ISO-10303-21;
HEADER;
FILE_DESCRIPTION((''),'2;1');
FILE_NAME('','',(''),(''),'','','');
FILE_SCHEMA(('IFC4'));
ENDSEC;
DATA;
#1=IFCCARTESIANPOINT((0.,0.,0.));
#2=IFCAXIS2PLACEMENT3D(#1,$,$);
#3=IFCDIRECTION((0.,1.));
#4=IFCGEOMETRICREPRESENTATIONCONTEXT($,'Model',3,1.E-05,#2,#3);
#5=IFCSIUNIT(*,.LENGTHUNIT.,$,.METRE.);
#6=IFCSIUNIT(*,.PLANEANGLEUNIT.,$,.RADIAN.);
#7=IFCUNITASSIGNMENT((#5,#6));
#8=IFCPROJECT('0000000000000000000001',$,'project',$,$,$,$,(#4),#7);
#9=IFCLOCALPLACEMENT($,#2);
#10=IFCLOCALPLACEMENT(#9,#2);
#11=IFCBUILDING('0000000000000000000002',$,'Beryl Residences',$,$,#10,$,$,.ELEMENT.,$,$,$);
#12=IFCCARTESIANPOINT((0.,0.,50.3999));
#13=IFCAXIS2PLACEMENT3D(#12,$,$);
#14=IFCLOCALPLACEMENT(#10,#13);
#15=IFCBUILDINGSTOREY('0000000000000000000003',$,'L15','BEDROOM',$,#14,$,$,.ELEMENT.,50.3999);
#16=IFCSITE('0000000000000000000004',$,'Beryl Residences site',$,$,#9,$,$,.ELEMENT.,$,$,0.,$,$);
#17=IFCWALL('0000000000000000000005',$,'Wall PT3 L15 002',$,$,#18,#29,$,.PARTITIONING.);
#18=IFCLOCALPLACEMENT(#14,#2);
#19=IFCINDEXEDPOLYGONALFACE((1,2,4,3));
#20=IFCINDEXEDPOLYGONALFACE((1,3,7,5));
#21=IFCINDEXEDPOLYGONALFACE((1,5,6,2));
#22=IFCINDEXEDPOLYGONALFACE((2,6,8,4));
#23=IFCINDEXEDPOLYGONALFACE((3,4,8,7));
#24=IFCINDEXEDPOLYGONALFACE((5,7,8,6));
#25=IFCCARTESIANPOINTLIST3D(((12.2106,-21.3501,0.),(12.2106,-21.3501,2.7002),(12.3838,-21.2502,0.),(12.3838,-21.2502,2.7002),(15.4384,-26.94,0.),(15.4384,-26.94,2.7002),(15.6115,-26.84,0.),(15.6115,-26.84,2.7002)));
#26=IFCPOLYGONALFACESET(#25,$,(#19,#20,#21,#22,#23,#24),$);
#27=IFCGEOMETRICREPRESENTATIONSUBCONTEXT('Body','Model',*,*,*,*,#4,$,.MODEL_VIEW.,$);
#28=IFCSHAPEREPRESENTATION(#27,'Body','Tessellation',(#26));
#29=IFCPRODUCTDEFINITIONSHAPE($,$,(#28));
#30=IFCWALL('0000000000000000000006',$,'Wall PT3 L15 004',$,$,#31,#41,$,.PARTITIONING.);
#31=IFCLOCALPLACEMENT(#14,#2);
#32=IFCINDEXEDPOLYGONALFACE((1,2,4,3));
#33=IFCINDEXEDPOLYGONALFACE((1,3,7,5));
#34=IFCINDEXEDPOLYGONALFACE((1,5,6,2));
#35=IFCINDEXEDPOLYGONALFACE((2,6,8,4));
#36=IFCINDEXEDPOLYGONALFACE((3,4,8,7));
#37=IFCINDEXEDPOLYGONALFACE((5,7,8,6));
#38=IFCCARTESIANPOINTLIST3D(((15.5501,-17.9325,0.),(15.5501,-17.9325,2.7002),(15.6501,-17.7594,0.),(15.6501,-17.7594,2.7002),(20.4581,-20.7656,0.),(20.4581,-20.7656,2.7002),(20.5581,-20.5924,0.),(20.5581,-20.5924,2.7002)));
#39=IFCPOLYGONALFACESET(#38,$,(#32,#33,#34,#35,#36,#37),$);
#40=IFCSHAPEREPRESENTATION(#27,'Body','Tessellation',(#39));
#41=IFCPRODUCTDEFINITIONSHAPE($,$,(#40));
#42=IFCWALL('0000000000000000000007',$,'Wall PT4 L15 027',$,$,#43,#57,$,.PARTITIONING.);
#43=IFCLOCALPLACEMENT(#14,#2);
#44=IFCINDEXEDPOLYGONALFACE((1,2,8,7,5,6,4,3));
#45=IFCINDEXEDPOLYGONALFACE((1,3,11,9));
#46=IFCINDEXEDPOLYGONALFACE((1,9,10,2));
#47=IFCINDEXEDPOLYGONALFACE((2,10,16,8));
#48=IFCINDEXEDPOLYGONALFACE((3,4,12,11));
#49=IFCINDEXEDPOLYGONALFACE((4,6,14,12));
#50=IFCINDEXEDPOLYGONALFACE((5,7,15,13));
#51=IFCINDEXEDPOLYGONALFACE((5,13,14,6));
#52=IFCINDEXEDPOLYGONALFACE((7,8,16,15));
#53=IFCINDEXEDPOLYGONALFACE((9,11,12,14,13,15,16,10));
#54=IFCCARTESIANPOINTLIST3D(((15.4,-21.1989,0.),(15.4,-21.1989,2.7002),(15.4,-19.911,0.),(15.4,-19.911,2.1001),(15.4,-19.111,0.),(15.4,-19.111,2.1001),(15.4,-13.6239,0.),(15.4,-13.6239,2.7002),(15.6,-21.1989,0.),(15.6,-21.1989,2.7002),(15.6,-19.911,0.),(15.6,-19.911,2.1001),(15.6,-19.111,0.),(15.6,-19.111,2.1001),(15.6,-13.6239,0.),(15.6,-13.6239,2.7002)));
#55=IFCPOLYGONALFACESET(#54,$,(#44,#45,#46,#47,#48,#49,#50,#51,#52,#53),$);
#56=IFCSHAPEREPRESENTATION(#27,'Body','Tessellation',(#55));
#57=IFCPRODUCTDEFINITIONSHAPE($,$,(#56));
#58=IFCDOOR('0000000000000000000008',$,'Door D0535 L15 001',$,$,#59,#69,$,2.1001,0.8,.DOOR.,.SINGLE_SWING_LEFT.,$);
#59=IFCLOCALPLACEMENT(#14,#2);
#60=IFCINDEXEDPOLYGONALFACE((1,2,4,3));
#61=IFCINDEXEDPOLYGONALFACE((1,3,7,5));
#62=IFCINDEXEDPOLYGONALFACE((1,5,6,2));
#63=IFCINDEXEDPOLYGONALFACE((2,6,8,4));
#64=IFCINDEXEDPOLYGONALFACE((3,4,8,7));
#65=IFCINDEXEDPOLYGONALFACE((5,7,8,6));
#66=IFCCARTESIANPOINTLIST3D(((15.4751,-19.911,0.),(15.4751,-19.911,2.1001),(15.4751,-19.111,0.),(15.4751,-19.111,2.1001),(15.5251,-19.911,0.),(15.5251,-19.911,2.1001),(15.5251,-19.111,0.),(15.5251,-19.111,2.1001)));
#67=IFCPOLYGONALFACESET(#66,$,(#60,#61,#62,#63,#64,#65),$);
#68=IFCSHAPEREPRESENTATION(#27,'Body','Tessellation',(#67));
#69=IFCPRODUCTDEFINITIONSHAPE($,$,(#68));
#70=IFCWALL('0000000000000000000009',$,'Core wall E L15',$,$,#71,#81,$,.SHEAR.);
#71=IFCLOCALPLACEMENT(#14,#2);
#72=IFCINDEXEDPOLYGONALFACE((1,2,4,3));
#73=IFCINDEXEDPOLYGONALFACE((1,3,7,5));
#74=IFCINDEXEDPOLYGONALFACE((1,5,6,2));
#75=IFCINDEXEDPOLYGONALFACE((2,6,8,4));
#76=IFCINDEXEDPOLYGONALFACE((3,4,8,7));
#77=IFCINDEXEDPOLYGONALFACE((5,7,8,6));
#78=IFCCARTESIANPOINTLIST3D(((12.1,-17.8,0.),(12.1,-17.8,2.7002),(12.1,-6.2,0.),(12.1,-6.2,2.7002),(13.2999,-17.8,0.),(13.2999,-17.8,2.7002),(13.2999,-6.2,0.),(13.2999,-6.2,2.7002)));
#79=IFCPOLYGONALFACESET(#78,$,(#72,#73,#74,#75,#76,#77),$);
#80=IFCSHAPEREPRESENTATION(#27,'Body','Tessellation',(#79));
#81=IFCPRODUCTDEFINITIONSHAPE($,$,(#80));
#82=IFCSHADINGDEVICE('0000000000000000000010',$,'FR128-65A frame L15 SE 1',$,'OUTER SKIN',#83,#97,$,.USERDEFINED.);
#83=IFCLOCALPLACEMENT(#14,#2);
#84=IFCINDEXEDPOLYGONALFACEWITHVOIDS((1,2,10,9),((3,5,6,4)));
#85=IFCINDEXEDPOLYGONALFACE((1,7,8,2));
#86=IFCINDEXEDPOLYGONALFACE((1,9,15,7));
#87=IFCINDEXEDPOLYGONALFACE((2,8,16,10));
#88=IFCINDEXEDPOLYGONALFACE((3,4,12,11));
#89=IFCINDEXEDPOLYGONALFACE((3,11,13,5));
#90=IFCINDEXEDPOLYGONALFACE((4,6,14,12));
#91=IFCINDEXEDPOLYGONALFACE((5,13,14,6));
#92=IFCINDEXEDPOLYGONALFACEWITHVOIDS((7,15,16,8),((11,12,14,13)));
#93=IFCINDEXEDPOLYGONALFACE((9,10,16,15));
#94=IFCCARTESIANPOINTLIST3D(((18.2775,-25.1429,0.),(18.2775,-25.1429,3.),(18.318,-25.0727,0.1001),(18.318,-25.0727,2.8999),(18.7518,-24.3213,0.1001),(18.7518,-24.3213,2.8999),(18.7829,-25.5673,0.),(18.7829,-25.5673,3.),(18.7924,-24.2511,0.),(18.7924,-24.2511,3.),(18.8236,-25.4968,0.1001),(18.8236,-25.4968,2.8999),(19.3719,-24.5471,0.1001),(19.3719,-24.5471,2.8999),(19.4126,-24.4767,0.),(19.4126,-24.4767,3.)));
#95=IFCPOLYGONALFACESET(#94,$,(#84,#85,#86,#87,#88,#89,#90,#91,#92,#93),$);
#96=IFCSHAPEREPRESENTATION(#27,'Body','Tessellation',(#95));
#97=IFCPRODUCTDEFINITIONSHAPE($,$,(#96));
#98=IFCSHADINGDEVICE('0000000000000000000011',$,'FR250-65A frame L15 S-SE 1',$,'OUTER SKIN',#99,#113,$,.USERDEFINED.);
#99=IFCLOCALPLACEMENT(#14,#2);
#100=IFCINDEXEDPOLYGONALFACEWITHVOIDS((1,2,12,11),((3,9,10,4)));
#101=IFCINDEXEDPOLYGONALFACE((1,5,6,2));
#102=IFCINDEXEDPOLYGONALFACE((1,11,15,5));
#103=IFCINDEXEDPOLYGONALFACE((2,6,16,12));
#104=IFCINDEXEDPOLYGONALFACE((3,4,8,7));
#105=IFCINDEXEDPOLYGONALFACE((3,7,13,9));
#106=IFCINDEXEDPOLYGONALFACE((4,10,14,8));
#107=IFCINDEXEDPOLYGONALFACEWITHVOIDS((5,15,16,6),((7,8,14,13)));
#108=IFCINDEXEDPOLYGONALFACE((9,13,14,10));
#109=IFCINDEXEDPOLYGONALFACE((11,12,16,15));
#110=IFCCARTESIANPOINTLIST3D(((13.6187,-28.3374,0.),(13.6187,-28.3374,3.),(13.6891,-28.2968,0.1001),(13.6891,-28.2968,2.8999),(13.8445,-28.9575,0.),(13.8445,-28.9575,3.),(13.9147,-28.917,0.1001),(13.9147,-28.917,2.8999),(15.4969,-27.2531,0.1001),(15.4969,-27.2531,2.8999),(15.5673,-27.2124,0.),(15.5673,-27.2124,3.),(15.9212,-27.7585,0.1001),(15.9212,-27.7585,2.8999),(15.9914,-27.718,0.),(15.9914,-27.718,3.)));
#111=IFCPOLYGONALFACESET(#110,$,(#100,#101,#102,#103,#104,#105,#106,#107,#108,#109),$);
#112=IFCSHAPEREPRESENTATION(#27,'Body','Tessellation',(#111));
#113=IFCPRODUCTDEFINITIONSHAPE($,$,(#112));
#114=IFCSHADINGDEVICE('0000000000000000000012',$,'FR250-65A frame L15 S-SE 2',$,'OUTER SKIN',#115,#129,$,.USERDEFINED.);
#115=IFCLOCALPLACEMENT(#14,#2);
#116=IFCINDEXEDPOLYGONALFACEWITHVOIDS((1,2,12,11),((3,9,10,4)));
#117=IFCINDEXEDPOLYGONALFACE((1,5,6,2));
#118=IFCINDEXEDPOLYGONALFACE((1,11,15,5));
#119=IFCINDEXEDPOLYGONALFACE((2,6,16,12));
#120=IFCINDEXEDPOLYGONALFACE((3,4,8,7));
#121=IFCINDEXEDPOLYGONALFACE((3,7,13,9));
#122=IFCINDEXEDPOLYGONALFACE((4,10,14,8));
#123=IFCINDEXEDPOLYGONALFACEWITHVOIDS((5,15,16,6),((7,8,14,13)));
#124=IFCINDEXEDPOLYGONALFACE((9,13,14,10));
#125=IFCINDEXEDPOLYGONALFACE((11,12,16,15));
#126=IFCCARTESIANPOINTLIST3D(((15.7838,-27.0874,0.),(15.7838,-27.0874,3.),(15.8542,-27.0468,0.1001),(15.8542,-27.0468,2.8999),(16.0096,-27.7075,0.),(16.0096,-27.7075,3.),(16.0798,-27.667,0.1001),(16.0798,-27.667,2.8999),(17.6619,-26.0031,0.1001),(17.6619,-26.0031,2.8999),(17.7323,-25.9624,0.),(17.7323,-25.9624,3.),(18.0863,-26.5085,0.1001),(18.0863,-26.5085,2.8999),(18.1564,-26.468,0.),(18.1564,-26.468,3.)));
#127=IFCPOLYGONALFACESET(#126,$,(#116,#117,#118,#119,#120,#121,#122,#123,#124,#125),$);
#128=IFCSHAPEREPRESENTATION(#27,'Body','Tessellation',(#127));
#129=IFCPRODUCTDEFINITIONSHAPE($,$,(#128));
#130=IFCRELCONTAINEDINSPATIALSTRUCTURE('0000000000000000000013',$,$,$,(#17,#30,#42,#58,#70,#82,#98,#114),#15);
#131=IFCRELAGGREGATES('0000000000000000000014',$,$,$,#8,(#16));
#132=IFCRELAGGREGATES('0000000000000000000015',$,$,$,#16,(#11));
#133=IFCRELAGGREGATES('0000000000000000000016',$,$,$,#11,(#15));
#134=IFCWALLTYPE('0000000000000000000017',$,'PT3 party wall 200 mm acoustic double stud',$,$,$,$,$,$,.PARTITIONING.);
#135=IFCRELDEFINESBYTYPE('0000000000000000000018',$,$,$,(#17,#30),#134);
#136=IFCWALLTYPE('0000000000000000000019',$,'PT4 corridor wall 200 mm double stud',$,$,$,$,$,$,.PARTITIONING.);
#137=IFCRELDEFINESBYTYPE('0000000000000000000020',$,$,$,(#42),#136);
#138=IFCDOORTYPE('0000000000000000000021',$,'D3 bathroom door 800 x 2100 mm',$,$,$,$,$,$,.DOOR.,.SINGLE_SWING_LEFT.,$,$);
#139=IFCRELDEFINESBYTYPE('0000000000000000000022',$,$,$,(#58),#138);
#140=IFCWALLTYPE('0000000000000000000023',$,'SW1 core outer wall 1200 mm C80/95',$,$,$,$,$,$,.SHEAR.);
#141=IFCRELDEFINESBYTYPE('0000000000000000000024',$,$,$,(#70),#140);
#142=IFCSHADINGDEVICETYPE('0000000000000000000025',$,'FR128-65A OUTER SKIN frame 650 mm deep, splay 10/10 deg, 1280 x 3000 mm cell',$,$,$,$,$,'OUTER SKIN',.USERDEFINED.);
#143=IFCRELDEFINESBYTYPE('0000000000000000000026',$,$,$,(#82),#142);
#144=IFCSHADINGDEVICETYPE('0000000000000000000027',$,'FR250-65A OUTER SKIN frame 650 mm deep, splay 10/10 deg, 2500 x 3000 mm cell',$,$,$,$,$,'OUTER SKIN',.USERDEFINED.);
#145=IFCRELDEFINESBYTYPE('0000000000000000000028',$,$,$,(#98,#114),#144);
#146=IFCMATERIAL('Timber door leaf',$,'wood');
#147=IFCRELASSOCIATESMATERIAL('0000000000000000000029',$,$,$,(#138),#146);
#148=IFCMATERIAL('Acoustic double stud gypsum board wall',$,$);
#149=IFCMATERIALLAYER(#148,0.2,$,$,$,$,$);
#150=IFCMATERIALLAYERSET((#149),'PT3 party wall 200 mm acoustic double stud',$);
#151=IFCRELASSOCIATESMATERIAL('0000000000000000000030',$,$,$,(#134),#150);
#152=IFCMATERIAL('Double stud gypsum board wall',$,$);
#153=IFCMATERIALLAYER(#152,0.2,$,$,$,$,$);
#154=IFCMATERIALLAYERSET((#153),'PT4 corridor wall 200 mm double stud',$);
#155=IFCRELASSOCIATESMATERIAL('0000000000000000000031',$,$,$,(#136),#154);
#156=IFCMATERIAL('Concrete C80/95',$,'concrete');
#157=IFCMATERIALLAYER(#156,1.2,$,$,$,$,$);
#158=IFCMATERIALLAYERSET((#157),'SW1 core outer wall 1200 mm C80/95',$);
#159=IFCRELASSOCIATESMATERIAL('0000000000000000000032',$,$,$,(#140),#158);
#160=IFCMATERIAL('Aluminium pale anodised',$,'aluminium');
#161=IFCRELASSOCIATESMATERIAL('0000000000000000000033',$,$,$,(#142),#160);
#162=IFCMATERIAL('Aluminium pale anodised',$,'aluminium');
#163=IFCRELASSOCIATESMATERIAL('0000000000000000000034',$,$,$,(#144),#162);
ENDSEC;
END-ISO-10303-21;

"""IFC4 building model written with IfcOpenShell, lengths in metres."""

from ifc_helpers import new_model, entity, si_unit, direction, frame, frame_2d, origin, place, context, subcontext, project, spatial, rectangle, extrude, source, transform, mapped, material, layer, layer_set, type_object, type_shapes, element, fill, save


model = new_model("IFC4")

# Units and contexts
model_context = context("Model", 3, precision=1e-05, world=origin(), true_north=direction((0.0, 1.0)))
body_context = subcontext(model_context, "Body", "Model", "MODEL_VIEW")
ifc_project = project(units=[si_unit("LENGTHUNIT", "METRE"), si_unit("PLANEANGLEUNIT", "RADIAN")], contexts=[model_context])

# Site, building, storey
site_placement = place(None, origin())
site = spatial("IfcSite", under=ifc_project, at=site_placement, Name="Beryl Residences site", CompositionType="ELEMENT", RefElevation=0.0)
building_placement = place(site_placement, origin())
building = spatial("IfcBuilding", under=site, at=building_placement, Name="Beryl Residences", CompositionType="ELEMENT")
storey_placement = place(building_placement, frame((0.0, 0.0, 50.3999)))
storey = spatial("IfcBuildingStorey", under=building, at=storey_placement, Name="L15", Description="BEDROOM", CompositionType="ELEMENT", Elevation=50.3999)

# Shared definitions
ifc_material_1 = material(Name="Timber door leaf", Category="wood")
door_type = type_object("IfcDoorType", Name="D3 bathroom door 800 x 2100 mm", OperationType="SINGLE_SWING_LEFT", PredefinedType="DOOR", material=ifc_material_1)

# Walls
ifc_material_2 = material(Name="Acoustic double stud gypsum board wall")
ifc_layer_1 = layer(ifc_material_2, 0.2)
ifc_layer_set_1 = layer_set([ifc_layer_1], Name="PT3 party wall 200 mm acoustic double stud")
wall_type_1 = type_object("IfcWallType", Name="PT3 party wall 200 mm acoustic double stud", PredefinedType="PARTITIONING", material=ifc_layer_set_1)
wall_1_placement = place(storey_placement, frame((12.2971, -21.3, 0.0), z_axis=(0.0, 0.0, 1.0), x_axis=(0.500056, -0.865993, 0.0)))
element("IfcWall", 1, at=wall_1_placement, inside=storey, type_object=wall_type_1, Name="Wall PT3 L15 002", PredefinedType="PARTITIONING", context=body_context, shape_type="SweptSolid", body=[
    extrude(rectangle(XDim=6.4548, YDim=0.2, at=frame_2d((3.2275, 0.0))), origin(), (0.0, 0.0, 1.0), 2.7002),
])
wall_2_placement = place(storey_placement, frame((15.6001, -17.8459, 0.0), z_axis=(0.0, 0.0, 1.0), x_axis=(0.866072, -0.49992, 0.0)))
element("IfcWall", 2, at=wall_2_placement, inside=storey, type_object=wall_type_1, Name="Wall PT3 L15 004", PredefinedType="PARTITIONING", context=body_context, shape_type="SweptSolid", body=[
    extrude(rectangle(XDim=5.667, YDim=0.2, at=frame_2d((2.8335, 0.0))), origin(), (0.0, 0.0, 1.0), 2.7002),
])

# Wall, opening, door
ifc_material_3 = material(Name="Double stud gypsum board wall")
ifc_layer_2 = layer(ifc_material_3, 0.2)
ifc_layer_set_2 = layer_set([ifc_layer_2], Name="PT4 corridor wall 200 mm double stud")
wall_type_2 = type_object("IfcWallType", Name="PT4 corridor wall 200 mm double stud", PredefinedType="PARTITIONING", material=ifc_layer_set_2)
wall_3_placement = place(storey_placement, frame((15.5, -21.199, 0.0), z_axis=(0.0, 0.0, 1.0), x_axis=(0.0, 1.0, 0.0)))
wall_3 = element("IfcWall", 3, at=wall_3_placement, inside=storey, type_object=wall_type_2, Name="Wall PT4 L15 027", PredefinedType="PARTITIONING", context=body_context, shape_type="SweptSolid", body=[
    extrude(rectangle(XDim=7.575, YDim=0.2, at=frame_2d((3.7876, 0.0))), origin(), (0.0, 0.0, 1.0), 2.7002),
])
opening_1_placement = place(wall_3_placement, frame((1.2881, 0.0, 0.0)))
opening_1 = element("IfcOpeningElement", 4, at=opening_1_placement, cuts=wall_3, PredefinedType="OPENING", context=body_context, shape_type="SweptSolid", body=[
    extrude(rectangle(XDim=0.8, YDim=2.1001, at=frame_2d((0.3999, 1.05))), frame((0.0, 0.1099, 0.0), z_axis=(0.0, -1.0, 0.0), x_axis=(1.0, 0.0, 0.0)), (0.0, 0.0, 1.0), 0.22),
])
door_1_placement = place(opening_1_placement, origin())
door_1 = element("IfcDoor", 5, at=door_1_placement, inside=storey, type_object=door_type, Name="Door D0535 L15 001", OperationType="SINGLE_SWING_LEFT", OverallHeight=2.1001, OverallWidth=0.8, PredefinedType="DOOR", context=body_context, shape_type="SweptSolid", body=[
    extrude(rectangle(XDim=0.8, YDim=2.1001, at=frame_2d((0.3999, 1.05))), frame((0.0, 0.0249, 0.0), z_axis=(0.0, -1.0, 0.0), x_axis=(1.0, 0.0, 0.0)), (0.0, 0.0, 1.0), 0.05),
])
fill(opening_1, door_1)

# Wall
ifc_material_4 = material(Name="Concrete C80/95", Category="concrete")
ifc_layer_3 = layer(ifc_material_4, 1.2)
ifc_layer_set_3 = layer_set([ifc_layer_3], Name="SW1 core outer wall 1200 mm C80/95")
wall_type_3 = type_object("IfcWallType", Name="SW1 core outer wall 1200 mm C80/95", PredefinedType="SHEAR", material=ifc_layer_set_3)
wall_4_placement = place(storey_placement, frame((12.7, -17.8, 0.0), z_axis=(0.0, 0.0, 1.0), x_axis=(0.0, 1.0, 0.0)))
element("IfcWall", 6, at=wall_4_placement, inside=storey, type_object=wall_type_3, Name="Core wall E L15", PredefinedType="SHEAR", context=body_context, shape_type="SweptSolid", body=[
    extrude(rectangle(XDim=11.6001, YDim=1.2, at=frame_2d((5.8, 0.0))), origin(), (0.0, 0.0, 1.0), 2.7002),
])

# Shading devices
ifc_material_5 = material(Name="Aluminium pale anodised", Category="aluminium")
shading_device_type_1 = type_object("IfcShadingDeviceType", Name="FR128-65A OUTER SKIN frame 650 mm deep, splay 10/10 deg, 1280 x 3000 mm cell", ElementType="OUTER SKIN", PredefinedType="USERDEFINED", material=ifc_material_5)
cartesian_point_1 = entity("IfcCartesianPoint", [-0.5149, 0.0])
cartesian_point_2 = entity("IfcCartesianPoint", [-0.4338, 0.1001])
cartesian_point_3 = entity("IfcCartesianPoint", [-0.6296, 0.0])
cartesian_point_4 = entity("IfcCartesianPoint", [-0.5483, 0.1001])
shared_shape_1 = source(origin(), body_context, "Body", "SweptSolid", [
    entity("IfcExtrudedAreaSolidTapered", entity("IfcArbitraryProfileDefWithVoids", "AREA", None, entity("IfcPolyline", [cartesian_point_1, entity("IfcCartesianPoint", [0.5149, 0.0]), entity("IfcCartesianPoint", [0.5149, 3.0]), entity("IfcCartesianPoint", [-0.5149, 3.0]), cartesian_point_1]), [entity("IfcPolyline", [cartesian_point_2, entity("IfcCartesianPoint", [0.4338, 0.1001]), entity("IfcCartesianPoint", [0.4338, 2.8999]), entity("IfcCartesianPoint", [-0.4338, 2.8999]), cartesian_point_2])]), entity("IfcAxis2Placement3D", entity("IfcCartesianPoint", [0.0, 0.0, 0.0]), entity("IfcDirection", [0.0, 1.0, 0.0]), entity("IfcDirection", [-1.0, 0.0, 0.0])), entity("IfcDirection", [0.0, 0.0, 1.0]), 0.6499, entity("IfcArbitraryProfileDefWithVoids", "AREA", None, entity("IfcPolyline", [cartesian_point_3, entity("IfcCartesianPoint", [0.6296, 0.0]), entity("IfcCartesianPoint", [0.6296, 3.0]), entity("IfcCartesianPoint", [-0.6296, 3.0]), cartesian_point_3]), [entity("IfcPolyline", [cartesian_point_4, entity("IfcCartesianPoint", [0.5483, 0.1001]), entity("IfcCartesianPoint", [0.5483, 2.8999]), entity("IfcCartesianPoint", [-0.5483, 2.8999]), cartesian_point_4])])),
])
type_shapes(shading_device_type_1, [shared_shape_1])
shading_device_placement = place(storey_placement, frame((18.5349, -24.697, 0.0), z_axis=(0.0, 0.0, 1.0), x_axis=(-0.5, -0.866025, 0.0)))
element("IfcShadingDevice", 7, at=shading_device_placement, inside=storey, type_object=shading_device_type_1, Name="FR128-65A frame L15 SE 1", ObjectType="OUTER SKIN", PredefinedType="USERDEFINED", context=body_context, shape_type="MappedRepresentation", body=[
    mapped(shared_shape_1, transform((0.0, 0.0, 0.0))),
])
ifc_material_6 = material(Name="Aluminium pale anodised", Category="aluminium")
shading_device_type_2 = type_object("IfcShadingDeviceType", Name="FR250-65A OUTER SKIN frame 650 mm deep, splay 10/10 deg, 2500 x 3000 mm cell", ElementType="OUTER SKIN", PredefinedType="USERDEFINED", material=ifc_material_6)
cartesian_point_5 = entity("IfcCartesianPoint", [-1.125, 0.0])
cartesian_point_6 = entity("IfcCartesianPoint", [-1.0437, 0.1001])
cartesian_point_7 = entity("IfcCartesianPoint", [-1.2395, 0.0])
cartesian_point_8 = entity("IfcCartesianPoint", [-1.1584, 0.1001])
shared_shape_2 = source(origin(), body_context, "Body", "SweptSolid", [
    entity("IfcExtrudedAreaSolidTapered", entity("IfcArbitraryProfileDefWithVoids", "AREA", None, entity("IfcPolyline", [cartesian_point_5, entity("IfcCartesianPoint", [1.125, 0.0]), entity("IfcCartesianPoint", [1.125, 3.0]), entity("IfcCartesianPoint", [-1.125, 3.0]), cartesian_point_5]), [entity("IfcPolyline", [cartesian_point_6, entity("IfcCartesianPoint", [1.0437, 0.1001]), entity("IfcCartesianPoint", [1.0437, 2.8999]), entity("IfcCartesianPoint", [-1.0437, 2.8999]), cartesian_point_6])]), entity("IfcAxis2Placement3D", entity("IfcCartesianPoint", [0.0, 0.0, 0.0]), entity("IfcDirection", [0.0, 1.0, 0.0]), entity("IfcDirection", [-1.0, 0.0, 0.0])), entity("IfcDirection", [0.0, 0.0, 1.0]), 0.6499, entity("IfcArbitraryProfileDefWithVoids", "AREA", None, entity("IfcPolyline", [cartesian_point_7, entity("IfcCartesianPoint", [1.2395, 0.0]), entity("IfcCartesianPoint", [1.2395, 3.0]), entity("IfcCartesianPoint", [-1.2395, 3.0]), cartesian_point_7]), [entity("IfcPolyline", [cartesian_point_8, entity("IfcCartesianPoint", [1.1584, 0.1001]), entity("IfcCartesianPoint", [1.1584, 2.8999]), entity("IfcCartesianPoint", [-1.1584, 2.8999]), cartesian_point_8])])),
])
type_shapes(shading_device_type_2, [shared_shape_2])
for number, where, z_axis, x_axis, name in (
    (8, (14.593, -27.7749, 0.0), (0.0, 0.0, 1.0), (-0.866025, -0.5, 0.0), "FR250-65A frame L15 S-SE 1"),
    (9, (16.7581, -26.5249, 0.0), (0.0, 0.0, 1.0), (-0.866025, -0.5, 0.0), "FR250-65A frame L15 S-SE 2"),
):
    element("IfcShadingDevice", number, at=place(storey_placement, frame(where, z_axis=z_axis, x_axis=x_axis)), inside=storey, type_object=shading_device_type_2, Name=name, ObjectType="OUTER SKIN", PredefinedType="USERDEFINED", context=body_context, shape_type="MappedRepresentation", body=[
        mapped(shared_shape_2, transform((0.0, 0.0, 0.0))),
    ])

save(model, "model.ifc")
